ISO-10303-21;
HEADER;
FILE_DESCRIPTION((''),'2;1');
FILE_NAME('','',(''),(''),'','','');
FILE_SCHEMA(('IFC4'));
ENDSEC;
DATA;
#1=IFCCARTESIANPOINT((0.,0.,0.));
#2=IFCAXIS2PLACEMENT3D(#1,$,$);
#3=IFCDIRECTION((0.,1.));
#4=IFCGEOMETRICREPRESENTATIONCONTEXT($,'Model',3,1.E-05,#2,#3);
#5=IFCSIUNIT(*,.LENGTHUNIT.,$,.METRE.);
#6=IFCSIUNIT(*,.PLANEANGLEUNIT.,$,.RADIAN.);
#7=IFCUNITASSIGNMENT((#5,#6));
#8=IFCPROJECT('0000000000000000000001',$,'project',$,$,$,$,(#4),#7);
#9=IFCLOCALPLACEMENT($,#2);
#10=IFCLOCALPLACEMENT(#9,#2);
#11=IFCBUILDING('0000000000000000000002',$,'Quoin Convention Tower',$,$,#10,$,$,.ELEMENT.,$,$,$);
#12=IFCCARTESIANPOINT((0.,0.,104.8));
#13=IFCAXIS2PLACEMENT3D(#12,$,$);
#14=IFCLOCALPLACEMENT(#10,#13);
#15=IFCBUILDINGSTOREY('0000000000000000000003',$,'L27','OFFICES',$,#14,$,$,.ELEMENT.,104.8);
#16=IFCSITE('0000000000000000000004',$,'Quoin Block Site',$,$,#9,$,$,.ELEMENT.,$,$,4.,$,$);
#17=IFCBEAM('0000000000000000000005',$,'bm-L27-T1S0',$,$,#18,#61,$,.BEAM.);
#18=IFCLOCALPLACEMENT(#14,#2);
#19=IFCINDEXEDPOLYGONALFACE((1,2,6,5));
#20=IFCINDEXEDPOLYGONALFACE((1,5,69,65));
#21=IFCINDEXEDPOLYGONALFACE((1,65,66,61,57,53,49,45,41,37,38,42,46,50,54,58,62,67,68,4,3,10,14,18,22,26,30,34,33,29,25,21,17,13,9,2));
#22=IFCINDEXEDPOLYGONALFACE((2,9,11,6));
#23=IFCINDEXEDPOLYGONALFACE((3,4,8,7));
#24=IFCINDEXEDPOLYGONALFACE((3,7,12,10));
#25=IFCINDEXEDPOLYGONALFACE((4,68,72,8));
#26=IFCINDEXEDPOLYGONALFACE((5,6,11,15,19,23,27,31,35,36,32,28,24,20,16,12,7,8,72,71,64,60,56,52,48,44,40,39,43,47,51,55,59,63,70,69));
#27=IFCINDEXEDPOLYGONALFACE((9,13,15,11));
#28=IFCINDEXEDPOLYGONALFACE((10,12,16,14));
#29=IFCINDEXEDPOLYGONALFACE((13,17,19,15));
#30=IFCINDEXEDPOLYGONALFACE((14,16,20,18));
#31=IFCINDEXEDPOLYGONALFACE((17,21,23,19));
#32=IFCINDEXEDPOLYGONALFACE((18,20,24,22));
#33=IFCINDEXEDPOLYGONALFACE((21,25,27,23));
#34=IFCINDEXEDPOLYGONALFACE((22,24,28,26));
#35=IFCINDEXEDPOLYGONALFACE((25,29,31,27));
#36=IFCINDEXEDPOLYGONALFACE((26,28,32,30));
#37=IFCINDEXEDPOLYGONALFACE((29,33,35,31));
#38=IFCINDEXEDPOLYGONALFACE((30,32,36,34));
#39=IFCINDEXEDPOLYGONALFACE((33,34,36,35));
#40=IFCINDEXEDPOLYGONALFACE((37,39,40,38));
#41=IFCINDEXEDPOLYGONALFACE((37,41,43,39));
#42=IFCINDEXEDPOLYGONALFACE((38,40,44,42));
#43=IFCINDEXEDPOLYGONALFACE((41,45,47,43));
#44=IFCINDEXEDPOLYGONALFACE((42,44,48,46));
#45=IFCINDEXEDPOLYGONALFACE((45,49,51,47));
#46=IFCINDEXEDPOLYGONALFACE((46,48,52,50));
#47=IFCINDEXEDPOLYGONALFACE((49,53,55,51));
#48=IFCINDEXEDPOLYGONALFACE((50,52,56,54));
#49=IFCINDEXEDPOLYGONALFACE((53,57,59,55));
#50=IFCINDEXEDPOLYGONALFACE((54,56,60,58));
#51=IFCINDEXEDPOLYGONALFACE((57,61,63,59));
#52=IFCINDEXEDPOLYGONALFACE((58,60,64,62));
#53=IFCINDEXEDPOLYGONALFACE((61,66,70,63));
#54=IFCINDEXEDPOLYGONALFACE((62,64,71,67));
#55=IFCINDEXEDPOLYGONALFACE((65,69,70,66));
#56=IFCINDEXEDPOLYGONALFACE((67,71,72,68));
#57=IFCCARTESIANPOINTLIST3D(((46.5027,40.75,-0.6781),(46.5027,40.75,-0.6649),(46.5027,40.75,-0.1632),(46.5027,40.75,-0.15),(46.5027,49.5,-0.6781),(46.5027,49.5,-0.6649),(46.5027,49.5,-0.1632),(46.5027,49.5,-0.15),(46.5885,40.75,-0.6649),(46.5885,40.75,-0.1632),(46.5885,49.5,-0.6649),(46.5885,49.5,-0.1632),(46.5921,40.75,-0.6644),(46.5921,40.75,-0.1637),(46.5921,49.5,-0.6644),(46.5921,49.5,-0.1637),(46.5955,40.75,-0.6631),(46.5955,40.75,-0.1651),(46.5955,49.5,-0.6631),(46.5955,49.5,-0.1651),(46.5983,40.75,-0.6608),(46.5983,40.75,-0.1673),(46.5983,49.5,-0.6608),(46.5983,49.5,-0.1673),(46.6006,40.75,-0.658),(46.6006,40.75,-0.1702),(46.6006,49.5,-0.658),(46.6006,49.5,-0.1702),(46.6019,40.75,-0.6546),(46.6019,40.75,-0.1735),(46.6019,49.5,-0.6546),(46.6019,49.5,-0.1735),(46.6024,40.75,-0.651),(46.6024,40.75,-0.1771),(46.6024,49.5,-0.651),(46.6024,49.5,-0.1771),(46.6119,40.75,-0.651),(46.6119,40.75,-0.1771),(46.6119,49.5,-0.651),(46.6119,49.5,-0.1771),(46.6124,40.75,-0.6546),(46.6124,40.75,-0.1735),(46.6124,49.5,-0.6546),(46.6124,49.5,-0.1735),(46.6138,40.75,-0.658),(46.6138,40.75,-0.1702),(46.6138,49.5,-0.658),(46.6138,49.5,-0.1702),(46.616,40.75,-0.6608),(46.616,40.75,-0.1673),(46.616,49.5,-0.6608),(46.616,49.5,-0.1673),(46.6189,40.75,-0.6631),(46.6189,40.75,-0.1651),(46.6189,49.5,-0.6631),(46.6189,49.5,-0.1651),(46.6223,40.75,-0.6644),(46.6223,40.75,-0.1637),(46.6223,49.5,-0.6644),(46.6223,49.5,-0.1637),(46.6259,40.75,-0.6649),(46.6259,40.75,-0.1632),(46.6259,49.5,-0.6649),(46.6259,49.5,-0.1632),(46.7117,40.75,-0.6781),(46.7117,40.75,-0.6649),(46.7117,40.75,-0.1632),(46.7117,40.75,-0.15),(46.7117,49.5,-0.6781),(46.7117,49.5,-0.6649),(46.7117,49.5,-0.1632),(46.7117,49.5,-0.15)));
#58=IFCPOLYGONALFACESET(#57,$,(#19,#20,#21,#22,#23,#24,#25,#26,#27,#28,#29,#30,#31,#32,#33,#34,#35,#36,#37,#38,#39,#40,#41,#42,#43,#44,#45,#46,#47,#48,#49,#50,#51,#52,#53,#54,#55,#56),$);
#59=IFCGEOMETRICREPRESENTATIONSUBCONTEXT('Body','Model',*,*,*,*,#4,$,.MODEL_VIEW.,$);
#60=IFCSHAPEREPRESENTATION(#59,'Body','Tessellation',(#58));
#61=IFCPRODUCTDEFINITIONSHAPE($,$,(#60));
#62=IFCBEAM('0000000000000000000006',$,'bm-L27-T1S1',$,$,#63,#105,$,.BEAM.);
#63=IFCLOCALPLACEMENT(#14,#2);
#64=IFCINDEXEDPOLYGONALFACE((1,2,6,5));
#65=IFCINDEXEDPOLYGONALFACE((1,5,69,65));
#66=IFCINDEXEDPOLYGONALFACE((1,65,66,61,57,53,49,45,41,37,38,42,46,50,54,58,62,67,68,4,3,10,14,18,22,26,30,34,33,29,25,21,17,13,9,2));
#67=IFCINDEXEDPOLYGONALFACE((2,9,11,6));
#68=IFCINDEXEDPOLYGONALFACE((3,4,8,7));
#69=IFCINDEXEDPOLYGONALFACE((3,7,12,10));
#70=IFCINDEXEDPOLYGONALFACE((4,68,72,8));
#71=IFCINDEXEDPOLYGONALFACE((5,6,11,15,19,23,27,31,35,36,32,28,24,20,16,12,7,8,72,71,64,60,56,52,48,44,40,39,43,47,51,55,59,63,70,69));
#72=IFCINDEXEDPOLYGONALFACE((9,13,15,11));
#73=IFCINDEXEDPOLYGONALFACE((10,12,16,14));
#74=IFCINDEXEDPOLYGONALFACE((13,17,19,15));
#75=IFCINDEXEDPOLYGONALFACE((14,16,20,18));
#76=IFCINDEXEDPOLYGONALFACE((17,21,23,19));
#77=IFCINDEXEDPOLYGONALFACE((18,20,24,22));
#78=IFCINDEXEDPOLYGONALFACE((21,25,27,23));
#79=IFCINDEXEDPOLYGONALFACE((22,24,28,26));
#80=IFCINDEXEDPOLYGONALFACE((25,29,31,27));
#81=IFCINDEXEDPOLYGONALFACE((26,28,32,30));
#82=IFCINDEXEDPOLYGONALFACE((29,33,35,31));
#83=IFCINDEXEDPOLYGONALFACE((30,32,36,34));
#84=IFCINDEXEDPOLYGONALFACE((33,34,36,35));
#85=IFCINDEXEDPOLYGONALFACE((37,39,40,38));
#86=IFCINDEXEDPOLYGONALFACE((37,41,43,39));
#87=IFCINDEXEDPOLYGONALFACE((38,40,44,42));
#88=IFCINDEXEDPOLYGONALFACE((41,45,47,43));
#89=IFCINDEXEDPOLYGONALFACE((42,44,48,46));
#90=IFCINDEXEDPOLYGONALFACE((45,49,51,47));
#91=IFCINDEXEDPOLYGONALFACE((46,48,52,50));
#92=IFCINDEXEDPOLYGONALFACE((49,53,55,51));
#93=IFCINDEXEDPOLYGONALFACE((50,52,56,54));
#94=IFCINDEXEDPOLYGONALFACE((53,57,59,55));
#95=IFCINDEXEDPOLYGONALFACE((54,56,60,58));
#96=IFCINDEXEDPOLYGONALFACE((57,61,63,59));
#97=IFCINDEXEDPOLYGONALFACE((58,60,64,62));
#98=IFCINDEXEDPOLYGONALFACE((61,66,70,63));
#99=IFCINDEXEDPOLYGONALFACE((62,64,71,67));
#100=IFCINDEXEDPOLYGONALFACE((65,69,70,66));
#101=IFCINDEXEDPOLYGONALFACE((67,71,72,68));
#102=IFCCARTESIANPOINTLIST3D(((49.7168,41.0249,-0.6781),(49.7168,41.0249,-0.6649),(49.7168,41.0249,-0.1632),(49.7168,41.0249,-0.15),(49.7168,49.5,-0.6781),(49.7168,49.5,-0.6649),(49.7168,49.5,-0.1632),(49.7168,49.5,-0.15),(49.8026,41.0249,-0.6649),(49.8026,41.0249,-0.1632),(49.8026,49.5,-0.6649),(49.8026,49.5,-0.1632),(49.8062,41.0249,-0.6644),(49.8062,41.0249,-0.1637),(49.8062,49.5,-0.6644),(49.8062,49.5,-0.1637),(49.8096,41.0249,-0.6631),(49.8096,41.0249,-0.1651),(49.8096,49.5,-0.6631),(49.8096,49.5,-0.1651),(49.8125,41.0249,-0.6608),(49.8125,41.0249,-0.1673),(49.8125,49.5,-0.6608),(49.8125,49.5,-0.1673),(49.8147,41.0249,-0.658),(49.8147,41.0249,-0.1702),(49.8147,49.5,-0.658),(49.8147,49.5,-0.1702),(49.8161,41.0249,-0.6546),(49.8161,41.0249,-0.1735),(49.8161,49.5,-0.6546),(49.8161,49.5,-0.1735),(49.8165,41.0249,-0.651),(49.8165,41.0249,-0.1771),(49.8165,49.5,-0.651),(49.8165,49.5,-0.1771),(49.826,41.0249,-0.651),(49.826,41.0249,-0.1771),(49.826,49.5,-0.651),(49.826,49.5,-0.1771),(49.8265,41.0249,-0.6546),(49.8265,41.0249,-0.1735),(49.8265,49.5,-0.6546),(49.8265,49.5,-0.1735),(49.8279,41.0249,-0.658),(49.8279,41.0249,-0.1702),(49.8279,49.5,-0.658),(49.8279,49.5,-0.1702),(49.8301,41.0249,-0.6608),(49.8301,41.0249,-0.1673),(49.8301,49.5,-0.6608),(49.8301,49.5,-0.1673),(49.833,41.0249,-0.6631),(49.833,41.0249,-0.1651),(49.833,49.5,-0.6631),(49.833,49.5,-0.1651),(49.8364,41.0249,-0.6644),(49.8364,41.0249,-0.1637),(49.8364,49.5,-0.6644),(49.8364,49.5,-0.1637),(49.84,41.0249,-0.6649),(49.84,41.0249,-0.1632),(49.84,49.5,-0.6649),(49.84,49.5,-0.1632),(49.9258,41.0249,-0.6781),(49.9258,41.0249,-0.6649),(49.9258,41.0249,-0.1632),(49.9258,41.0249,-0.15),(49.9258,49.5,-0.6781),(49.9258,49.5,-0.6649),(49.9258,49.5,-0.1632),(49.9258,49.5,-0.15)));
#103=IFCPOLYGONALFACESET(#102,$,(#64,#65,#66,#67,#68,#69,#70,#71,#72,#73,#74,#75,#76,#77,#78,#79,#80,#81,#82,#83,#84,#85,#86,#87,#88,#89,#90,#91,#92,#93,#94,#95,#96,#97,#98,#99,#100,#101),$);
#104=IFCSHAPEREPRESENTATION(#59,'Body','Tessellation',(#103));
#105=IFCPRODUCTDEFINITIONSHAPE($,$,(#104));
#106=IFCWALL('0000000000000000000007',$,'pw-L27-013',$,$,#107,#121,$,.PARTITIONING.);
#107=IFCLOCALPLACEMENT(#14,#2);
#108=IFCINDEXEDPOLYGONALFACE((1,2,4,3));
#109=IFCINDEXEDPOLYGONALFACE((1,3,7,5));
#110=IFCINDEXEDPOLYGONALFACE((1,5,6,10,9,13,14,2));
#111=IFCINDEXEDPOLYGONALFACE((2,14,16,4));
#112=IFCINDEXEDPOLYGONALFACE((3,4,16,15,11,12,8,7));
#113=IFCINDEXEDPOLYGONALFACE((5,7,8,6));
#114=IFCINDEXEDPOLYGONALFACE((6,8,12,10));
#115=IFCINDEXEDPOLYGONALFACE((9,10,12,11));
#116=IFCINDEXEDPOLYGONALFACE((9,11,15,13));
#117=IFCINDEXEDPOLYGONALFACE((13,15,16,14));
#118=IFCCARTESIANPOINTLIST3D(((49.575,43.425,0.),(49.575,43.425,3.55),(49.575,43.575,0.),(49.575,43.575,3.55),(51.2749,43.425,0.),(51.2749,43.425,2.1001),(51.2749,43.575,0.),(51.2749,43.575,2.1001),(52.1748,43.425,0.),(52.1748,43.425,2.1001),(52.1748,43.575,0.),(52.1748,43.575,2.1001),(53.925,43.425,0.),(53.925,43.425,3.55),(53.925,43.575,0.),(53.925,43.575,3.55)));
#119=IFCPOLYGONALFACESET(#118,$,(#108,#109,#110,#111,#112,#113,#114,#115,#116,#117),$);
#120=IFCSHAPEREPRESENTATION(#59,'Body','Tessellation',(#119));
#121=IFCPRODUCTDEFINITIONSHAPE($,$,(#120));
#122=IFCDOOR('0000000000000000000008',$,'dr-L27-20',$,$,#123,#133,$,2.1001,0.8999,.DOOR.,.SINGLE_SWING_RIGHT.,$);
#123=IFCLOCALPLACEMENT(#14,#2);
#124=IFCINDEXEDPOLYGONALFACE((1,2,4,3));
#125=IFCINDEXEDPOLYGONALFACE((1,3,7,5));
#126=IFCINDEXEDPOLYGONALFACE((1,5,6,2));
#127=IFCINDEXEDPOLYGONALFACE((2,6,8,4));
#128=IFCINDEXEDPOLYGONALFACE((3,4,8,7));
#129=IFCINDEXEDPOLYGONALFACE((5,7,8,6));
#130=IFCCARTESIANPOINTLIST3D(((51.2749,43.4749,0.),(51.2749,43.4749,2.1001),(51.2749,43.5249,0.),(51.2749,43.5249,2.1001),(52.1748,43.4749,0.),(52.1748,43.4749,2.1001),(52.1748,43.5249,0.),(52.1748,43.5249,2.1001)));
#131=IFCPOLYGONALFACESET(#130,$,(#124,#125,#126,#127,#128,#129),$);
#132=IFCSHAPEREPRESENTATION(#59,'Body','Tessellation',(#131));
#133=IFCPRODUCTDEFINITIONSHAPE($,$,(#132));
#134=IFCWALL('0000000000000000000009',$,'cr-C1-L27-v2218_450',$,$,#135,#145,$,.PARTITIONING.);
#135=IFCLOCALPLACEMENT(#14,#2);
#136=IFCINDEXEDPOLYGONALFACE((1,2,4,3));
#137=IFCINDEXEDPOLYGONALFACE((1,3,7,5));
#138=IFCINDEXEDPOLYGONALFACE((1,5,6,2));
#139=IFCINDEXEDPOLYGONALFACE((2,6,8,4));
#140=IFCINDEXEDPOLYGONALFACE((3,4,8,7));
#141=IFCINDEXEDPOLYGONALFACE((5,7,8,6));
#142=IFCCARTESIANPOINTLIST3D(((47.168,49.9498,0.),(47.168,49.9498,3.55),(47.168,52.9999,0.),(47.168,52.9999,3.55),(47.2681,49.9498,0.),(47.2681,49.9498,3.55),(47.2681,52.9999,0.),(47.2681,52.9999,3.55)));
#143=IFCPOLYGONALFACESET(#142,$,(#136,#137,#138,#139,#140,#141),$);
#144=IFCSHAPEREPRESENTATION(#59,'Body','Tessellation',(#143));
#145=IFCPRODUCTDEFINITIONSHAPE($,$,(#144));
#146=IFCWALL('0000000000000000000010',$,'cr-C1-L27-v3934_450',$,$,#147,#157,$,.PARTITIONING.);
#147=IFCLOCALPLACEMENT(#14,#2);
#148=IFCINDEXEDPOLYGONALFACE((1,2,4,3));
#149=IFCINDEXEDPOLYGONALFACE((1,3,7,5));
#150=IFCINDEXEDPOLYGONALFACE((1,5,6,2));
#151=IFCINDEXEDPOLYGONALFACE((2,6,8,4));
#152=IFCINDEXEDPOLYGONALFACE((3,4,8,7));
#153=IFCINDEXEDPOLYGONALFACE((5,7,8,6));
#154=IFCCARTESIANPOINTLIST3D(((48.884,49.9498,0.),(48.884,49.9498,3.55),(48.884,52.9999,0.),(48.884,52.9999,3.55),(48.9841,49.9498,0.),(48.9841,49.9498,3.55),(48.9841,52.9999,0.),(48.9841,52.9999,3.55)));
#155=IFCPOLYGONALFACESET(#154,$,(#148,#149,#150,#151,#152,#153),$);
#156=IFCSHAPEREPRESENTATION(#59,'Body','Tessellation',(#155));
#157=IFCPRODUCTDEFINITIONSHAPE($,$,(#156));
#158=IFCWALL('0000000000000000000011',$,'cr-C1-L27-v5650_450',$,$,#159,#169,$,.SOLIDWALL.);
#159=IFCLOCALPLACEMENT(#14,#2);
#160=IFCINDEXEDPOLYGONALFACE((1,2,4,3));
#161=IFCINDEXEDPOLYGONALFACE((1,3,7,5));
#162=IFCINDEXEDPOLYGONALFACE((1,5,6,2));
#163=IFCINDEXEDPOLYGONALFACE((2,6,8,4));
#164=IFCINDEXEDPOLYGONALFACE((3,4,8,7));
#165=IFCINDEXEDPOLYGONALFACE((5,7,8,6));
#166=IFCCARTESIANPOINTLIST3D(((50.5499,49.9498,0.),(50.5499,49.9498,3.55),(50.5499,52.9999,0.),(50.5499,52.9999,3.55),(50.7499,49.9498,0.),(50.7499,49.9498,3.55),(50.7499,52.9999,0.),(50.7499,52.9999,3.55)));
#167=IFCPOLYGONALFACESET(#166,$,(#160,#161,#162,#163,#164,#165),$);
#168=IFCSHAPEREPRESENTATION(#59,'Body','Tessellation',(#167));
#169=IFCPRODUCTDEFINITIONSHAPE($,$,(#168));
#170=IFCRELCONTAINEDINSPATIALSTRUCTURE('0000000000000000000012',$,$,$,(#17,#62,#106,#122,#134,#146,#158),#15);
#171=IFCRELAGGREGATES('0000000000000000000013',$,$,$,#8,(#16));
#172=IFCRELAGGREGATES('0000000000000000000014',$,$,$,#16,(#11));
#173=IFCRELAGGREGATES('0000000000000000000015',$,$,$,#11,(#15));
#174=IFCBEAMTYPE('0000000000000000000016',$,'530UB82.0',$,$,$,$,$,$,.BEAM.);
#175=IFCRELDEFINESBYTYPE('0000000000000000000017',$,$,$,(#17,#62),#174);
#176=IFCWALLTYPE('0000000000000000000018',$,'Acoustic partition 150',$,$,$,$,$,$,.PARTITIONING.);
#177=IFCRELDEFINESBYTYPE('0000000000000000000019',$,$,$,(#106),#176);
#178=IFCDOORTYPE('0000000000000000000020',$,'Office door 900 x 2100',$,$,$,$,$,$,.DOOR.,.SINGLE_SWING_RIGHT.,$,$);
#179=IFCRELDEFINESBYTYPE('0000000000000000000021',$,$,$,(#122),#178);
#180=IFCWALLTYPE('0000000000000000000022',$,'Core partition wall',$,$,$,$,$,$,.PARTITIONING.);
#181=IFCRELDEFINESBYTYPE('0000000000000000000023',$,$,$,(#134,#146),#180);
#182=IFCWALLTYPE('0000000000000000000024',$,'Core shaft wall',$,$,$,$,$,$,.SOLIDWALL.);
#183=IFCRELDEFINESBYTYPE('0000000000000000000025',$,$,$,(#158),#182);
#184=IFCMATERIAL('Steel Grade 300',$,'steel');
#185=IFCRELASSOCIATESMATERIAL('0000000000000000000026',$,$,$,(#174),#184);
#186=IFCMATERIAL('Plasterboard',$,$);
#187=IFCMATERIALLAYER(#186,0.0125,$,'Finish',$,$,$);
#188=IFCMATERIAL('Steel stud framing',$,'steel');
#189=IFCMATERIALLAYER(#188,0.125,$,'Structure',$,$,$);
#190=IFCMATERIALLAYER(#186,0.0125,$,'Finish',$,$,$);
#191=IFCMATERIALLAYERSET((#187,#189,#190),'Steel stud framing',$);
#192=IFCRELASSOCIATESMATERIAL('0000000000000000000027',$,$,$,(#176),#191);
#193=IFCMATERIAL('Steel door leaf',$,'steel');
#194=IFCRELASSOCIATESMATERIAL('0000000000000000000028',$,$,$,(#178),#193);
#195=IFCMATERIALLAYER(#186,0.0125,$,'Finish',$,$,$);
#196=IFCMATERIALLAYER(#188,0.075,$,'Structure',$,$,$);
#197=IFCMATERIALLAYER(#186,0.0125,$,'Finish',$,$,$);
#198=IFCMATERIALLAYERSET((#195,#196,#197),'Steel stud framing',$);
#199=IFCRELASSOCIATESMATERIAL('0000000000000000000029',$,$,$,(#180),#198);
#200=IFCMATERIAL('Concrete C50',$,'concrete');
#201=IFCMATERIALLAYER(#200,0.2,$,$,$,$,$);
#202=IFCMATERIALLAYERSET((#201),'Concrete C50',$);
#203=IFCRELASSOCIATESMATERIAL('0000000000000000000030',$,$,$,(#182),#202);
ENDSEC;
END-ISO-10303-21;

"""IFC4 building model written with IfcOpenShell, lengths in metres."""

from ifc_helpers import new_model, si_unit, direction, frame, frame_2d, origin, origin_2d, place, context, subcontext, project, spatial, rectangle, i_section, extrude, material, layer, layer_set, material_profile, profile_set, type_object, element, fill, save


model = new_model("IFC4")

# Units and contexts
model_context = context("Model", 3, precision=1e-05, world=origin(), true_north=direction((0.0, 1.0)))
body_context = subcontext(model_context, "Body", "Model", "MODEL_VIEW")
ifc_project = project(units=[si_unit("LENGTHUNIT", "METRE"), si_unit("PLANEANGLEUNIT", "RADIAN")], contexts=[model_context])

# Site, building, storey
site_placement = place(None, origin())
site = spatial("IfcSite", under=ifc_project, at=site_placement, Name="Quoin Block Site", CompositionType="ELEMENT", RefElevation=4.0)
building_placement = place(site_placement, origin())
building = spatial("IfcBuilding", under=site, at=building_placement, Name="Quoin Convention Tower", CompositionType="ELEMENT")
storey_placement = place(building_placement, frame((0.0, 0.0, 104.8)))
storey = spatial("IfcBuildingStorey", under=building, at=storey_placement, Name="L27", Description="OFFICES", CompositionType="ELEMENT", Elevation=104.8)

# Beams
ifc_material_1 = material(Name="Steel Grade 300", Category="steel")
ifc_material_profile = material_profile(ifc_material_1, i_section(OverallWidth=0.209, OverallDepth=0.5281, WebThickness=0.0095, FlangeThickness=0.0132, FilletRadius=0.0139, at=origin_2d()), Name="530UB82.0")
ifc_profile_set = profile_set([ifc_material_profile], Name="Steel Grade 300")
beam_type = type_object("IfcBeamType", Name="530UB82.0", PredefinedType="BEAM", material=ifc_profile_set)
beam_1_placement = place(storey_placement, frame((46.6072, 40.75, -0.4141), z_axis=(0.0, 1.0, 0.0), x_axis=(-1.0, 0.0, 0.0)))
element("IfcBeam", 1, at=beam_1_placement, inside=storey, type_object=beam_type, Name="bm-L27-T1S0", PredefinedType="BEAM", context=body_context, shape_type="SweptSolid", body=[
    extrude(i_section(OverallWidth=0.209, OverallDepth=0.5281, WebThickness=0.0095, FlangeThickness=0.0132, FilletRadius=0.0139, at=origin_2d()), origin(), (0.0, 0.0, 1.0), 8.75),
])
beam_2_placement = place(storey_placement, frame((49.8213, 41.0249, -0.4141), z_axis=(0.0, 1.0, 0.0), x_axis=(-1.0, 0.0, 0.0)))
element("IfcBeam", 2, at=beam_2_placement, inside=storey, type_object=beam_type, Name="bm-L27-T1S1", PredefinedType="BEAM", context=body_context, shape_type="SweptSolid", body=[
    extrude(i_section(OverallWidth=0.209, OverallDepth=0.5281, WebThickness=0.0095, FlangeThickness=0.0132, FilletRadius=0.0139, at=origin_2d()), origin(), (0.0, 0.0, 1.0), 8.4751),
])

# Wall, opening, door
ifc_material_2 = material(Name="Plasterboard")
ifc_layer_1 = layer(ifc_material_2, 0.0125, Name="Finish")
ifc_material_3 = material(Name="Steel stud framing", Category="steel")
ifc_layer_2 = layer(ifc_material_3, 0.125, Name="Structure")
ifc_layer_3 = layer(ifc_material_2, 0.0125, Name="Finish")
ifc_layer_set_1 = layer_set([ifc_layer_1, ifc_layer_2, ifc_layer_3], Name="Steel stud framing")
wall_type_1 = type_object("IfcWallType", Name="Acoustic partition 150", PredefinedType="PARTITIONING", material=ifc_layer_set_1)
wall_1_placement = place(storey_placement, frame((49.575, 43.5, 0.0), z_axis=(0.0, 0.0, 1.0), x_axis=(1.0, 0.0, 0.0)))
wall_1 = element("IfcWall", 3, at=wall_1_placement, inside=storey, type_object=wall_type_1, Name="pw-L27-013", PredefinedType="PARTITIONING", context=body_context, shape_type="SweptSolid", body=[
    extrude(rectangle(XDim=4.3501, YDim=0.1499, at=frame_2d((2.175, 0.0))), origin(), (0.0, 0.0, 1.0), 3.55),
])
opening_1_placement = place(wall_1_placement, frame((1.7, 0.0, 0.0)))
opening_1 = element("IfcOpeningElement", 4, at=opening_1_placement, cuts=wall_1, PredefinedType="OPENING", context=body_context, shape_type="SweptSolid", body=[
    extrude(rectangle(XDim=0.8999, YDim=2.1001, at=frame_2d((0.45, 1.05))), frame((0.0, 0.085, 0.0), z_axis=(0.0, -1.0, 0.0), x_axis=(1.0, 0.0, 0.0)), (0.0, 0.0, 1.0), 0.1699),
])
ifc_material_4 = material(Name="Steel door leaf", Category="steel")
door_type_1 = type_object("IfcDoorType", Name="Office door 900 x 2100", OperationType="SINGLE_SWING_RIGHT", PredefinedType="DOOR", material=ifc_material_4)
door_1_placement = place(opening_1_placement, origin())
door_1 = element("IfcDoor", 5, at=door_1_placement, inside=storey, type_object=door_type_1, Name="dr-L27-20", OperationType="SINGLE_SWING_RIGHT", OverallHeight=2.1001, OverallWidth=0.8999, PredefinedType="DOOR", context=body_context, shape_type="SweptSolid", body=[
    extrude(rectangle(XDim=0.8999, YDim=2.1001, at=frame_2d((0.45, 1.05))), frame((0.0, 0.0249, 0.0), z_axis=(0.0, -1.0, 0.0), x_axis=(1.0, 0.0, 0.0)), (0.0, 0.0, 1.0), 0.05),
])
fill(opening_1, door_1)

# Walls
ifc_layer_4 = layer(ifc_material_2, 0.0125, Name="Finish")
ifc_layer_5 = layer(ifc_material_3, 0.075, Name="Structure")
ifc_layer_6 = layer(ifc_material_2, 0.0125, Name="Finish")
ifc_layer_set_2 = layer_set([ifc_layer_4, ifc_layer_5, ifc_layer_6], Name="Steel stud framing")
wall_type_2 = type_object("IfcWallType", Name="Core partition wall", PredefinedType="PARTITIONING", material=ifc_layer_set_2)
for number, where, z_axis, x_axis, name in (
    (6, (47.218, 49.95, 0.0), (0.0, 0.0, 1.0), (0.0, 1.0, 0.0), "cr-C1-L27-v2218_450"),
    (7, (48.9341, 49.95, 0.0), (0.0, 0.0, 1.0), (0.0, 1.0, 0.0), "cr-C1-L27-v3934_450"),
):
    element("IfcWall", number, at=place(storey_placement, frame(where, z_axis=z_axis, x_axis=x_axis)), inside=storey, type_object=wall_type_2, Name=name, PredefinedType="PARTITIONING", context=body_context, shape_type="SweptSolid", body=[
        extrude(rectangle(XDim=3.05, YDim=0.1001, at=frame_2d((1.5249, 0.0))), origin(), (0.0, 0.0, 1.0), 3.55),
    ])
ifc_material_5 = material(Name="Concrete C50", Category="concrete")
ifc_layer_7 = layer(ifc_material_5, 0.2)
ifc_layer_set_3 = layer_set([ifc_layer_7], Name="Concrete C50")
wall_type_3 = type_object("IfcWallType", Name="Core shaft wall", PredefinedType="SOLIDWALL", material=ifc_layer_set_3)
wall_2_placement = place(storey_placement, frame((50.6499, 49.95, 0.0), z_axis=(0.0, 0.0, 1.0), x_axis=(0.0, 1.0, 0.0)))
element("IfcWall", 8, at=wall_2_placement, inside=storey, type_object=wall_type_3, Name="cr-C1-L27-v5650_450", PredefinedType="SOLIDWALL", context=body_context, shape_type="SweptSolid", body=[
    extrude(rectangle(XDim=3.05, YDim=0.2, at=frame_2d((1.5249, 0.0))), origin(), (0.0, 0.0, 1.0), 3.55),
])

save(model, "model.ifc")
